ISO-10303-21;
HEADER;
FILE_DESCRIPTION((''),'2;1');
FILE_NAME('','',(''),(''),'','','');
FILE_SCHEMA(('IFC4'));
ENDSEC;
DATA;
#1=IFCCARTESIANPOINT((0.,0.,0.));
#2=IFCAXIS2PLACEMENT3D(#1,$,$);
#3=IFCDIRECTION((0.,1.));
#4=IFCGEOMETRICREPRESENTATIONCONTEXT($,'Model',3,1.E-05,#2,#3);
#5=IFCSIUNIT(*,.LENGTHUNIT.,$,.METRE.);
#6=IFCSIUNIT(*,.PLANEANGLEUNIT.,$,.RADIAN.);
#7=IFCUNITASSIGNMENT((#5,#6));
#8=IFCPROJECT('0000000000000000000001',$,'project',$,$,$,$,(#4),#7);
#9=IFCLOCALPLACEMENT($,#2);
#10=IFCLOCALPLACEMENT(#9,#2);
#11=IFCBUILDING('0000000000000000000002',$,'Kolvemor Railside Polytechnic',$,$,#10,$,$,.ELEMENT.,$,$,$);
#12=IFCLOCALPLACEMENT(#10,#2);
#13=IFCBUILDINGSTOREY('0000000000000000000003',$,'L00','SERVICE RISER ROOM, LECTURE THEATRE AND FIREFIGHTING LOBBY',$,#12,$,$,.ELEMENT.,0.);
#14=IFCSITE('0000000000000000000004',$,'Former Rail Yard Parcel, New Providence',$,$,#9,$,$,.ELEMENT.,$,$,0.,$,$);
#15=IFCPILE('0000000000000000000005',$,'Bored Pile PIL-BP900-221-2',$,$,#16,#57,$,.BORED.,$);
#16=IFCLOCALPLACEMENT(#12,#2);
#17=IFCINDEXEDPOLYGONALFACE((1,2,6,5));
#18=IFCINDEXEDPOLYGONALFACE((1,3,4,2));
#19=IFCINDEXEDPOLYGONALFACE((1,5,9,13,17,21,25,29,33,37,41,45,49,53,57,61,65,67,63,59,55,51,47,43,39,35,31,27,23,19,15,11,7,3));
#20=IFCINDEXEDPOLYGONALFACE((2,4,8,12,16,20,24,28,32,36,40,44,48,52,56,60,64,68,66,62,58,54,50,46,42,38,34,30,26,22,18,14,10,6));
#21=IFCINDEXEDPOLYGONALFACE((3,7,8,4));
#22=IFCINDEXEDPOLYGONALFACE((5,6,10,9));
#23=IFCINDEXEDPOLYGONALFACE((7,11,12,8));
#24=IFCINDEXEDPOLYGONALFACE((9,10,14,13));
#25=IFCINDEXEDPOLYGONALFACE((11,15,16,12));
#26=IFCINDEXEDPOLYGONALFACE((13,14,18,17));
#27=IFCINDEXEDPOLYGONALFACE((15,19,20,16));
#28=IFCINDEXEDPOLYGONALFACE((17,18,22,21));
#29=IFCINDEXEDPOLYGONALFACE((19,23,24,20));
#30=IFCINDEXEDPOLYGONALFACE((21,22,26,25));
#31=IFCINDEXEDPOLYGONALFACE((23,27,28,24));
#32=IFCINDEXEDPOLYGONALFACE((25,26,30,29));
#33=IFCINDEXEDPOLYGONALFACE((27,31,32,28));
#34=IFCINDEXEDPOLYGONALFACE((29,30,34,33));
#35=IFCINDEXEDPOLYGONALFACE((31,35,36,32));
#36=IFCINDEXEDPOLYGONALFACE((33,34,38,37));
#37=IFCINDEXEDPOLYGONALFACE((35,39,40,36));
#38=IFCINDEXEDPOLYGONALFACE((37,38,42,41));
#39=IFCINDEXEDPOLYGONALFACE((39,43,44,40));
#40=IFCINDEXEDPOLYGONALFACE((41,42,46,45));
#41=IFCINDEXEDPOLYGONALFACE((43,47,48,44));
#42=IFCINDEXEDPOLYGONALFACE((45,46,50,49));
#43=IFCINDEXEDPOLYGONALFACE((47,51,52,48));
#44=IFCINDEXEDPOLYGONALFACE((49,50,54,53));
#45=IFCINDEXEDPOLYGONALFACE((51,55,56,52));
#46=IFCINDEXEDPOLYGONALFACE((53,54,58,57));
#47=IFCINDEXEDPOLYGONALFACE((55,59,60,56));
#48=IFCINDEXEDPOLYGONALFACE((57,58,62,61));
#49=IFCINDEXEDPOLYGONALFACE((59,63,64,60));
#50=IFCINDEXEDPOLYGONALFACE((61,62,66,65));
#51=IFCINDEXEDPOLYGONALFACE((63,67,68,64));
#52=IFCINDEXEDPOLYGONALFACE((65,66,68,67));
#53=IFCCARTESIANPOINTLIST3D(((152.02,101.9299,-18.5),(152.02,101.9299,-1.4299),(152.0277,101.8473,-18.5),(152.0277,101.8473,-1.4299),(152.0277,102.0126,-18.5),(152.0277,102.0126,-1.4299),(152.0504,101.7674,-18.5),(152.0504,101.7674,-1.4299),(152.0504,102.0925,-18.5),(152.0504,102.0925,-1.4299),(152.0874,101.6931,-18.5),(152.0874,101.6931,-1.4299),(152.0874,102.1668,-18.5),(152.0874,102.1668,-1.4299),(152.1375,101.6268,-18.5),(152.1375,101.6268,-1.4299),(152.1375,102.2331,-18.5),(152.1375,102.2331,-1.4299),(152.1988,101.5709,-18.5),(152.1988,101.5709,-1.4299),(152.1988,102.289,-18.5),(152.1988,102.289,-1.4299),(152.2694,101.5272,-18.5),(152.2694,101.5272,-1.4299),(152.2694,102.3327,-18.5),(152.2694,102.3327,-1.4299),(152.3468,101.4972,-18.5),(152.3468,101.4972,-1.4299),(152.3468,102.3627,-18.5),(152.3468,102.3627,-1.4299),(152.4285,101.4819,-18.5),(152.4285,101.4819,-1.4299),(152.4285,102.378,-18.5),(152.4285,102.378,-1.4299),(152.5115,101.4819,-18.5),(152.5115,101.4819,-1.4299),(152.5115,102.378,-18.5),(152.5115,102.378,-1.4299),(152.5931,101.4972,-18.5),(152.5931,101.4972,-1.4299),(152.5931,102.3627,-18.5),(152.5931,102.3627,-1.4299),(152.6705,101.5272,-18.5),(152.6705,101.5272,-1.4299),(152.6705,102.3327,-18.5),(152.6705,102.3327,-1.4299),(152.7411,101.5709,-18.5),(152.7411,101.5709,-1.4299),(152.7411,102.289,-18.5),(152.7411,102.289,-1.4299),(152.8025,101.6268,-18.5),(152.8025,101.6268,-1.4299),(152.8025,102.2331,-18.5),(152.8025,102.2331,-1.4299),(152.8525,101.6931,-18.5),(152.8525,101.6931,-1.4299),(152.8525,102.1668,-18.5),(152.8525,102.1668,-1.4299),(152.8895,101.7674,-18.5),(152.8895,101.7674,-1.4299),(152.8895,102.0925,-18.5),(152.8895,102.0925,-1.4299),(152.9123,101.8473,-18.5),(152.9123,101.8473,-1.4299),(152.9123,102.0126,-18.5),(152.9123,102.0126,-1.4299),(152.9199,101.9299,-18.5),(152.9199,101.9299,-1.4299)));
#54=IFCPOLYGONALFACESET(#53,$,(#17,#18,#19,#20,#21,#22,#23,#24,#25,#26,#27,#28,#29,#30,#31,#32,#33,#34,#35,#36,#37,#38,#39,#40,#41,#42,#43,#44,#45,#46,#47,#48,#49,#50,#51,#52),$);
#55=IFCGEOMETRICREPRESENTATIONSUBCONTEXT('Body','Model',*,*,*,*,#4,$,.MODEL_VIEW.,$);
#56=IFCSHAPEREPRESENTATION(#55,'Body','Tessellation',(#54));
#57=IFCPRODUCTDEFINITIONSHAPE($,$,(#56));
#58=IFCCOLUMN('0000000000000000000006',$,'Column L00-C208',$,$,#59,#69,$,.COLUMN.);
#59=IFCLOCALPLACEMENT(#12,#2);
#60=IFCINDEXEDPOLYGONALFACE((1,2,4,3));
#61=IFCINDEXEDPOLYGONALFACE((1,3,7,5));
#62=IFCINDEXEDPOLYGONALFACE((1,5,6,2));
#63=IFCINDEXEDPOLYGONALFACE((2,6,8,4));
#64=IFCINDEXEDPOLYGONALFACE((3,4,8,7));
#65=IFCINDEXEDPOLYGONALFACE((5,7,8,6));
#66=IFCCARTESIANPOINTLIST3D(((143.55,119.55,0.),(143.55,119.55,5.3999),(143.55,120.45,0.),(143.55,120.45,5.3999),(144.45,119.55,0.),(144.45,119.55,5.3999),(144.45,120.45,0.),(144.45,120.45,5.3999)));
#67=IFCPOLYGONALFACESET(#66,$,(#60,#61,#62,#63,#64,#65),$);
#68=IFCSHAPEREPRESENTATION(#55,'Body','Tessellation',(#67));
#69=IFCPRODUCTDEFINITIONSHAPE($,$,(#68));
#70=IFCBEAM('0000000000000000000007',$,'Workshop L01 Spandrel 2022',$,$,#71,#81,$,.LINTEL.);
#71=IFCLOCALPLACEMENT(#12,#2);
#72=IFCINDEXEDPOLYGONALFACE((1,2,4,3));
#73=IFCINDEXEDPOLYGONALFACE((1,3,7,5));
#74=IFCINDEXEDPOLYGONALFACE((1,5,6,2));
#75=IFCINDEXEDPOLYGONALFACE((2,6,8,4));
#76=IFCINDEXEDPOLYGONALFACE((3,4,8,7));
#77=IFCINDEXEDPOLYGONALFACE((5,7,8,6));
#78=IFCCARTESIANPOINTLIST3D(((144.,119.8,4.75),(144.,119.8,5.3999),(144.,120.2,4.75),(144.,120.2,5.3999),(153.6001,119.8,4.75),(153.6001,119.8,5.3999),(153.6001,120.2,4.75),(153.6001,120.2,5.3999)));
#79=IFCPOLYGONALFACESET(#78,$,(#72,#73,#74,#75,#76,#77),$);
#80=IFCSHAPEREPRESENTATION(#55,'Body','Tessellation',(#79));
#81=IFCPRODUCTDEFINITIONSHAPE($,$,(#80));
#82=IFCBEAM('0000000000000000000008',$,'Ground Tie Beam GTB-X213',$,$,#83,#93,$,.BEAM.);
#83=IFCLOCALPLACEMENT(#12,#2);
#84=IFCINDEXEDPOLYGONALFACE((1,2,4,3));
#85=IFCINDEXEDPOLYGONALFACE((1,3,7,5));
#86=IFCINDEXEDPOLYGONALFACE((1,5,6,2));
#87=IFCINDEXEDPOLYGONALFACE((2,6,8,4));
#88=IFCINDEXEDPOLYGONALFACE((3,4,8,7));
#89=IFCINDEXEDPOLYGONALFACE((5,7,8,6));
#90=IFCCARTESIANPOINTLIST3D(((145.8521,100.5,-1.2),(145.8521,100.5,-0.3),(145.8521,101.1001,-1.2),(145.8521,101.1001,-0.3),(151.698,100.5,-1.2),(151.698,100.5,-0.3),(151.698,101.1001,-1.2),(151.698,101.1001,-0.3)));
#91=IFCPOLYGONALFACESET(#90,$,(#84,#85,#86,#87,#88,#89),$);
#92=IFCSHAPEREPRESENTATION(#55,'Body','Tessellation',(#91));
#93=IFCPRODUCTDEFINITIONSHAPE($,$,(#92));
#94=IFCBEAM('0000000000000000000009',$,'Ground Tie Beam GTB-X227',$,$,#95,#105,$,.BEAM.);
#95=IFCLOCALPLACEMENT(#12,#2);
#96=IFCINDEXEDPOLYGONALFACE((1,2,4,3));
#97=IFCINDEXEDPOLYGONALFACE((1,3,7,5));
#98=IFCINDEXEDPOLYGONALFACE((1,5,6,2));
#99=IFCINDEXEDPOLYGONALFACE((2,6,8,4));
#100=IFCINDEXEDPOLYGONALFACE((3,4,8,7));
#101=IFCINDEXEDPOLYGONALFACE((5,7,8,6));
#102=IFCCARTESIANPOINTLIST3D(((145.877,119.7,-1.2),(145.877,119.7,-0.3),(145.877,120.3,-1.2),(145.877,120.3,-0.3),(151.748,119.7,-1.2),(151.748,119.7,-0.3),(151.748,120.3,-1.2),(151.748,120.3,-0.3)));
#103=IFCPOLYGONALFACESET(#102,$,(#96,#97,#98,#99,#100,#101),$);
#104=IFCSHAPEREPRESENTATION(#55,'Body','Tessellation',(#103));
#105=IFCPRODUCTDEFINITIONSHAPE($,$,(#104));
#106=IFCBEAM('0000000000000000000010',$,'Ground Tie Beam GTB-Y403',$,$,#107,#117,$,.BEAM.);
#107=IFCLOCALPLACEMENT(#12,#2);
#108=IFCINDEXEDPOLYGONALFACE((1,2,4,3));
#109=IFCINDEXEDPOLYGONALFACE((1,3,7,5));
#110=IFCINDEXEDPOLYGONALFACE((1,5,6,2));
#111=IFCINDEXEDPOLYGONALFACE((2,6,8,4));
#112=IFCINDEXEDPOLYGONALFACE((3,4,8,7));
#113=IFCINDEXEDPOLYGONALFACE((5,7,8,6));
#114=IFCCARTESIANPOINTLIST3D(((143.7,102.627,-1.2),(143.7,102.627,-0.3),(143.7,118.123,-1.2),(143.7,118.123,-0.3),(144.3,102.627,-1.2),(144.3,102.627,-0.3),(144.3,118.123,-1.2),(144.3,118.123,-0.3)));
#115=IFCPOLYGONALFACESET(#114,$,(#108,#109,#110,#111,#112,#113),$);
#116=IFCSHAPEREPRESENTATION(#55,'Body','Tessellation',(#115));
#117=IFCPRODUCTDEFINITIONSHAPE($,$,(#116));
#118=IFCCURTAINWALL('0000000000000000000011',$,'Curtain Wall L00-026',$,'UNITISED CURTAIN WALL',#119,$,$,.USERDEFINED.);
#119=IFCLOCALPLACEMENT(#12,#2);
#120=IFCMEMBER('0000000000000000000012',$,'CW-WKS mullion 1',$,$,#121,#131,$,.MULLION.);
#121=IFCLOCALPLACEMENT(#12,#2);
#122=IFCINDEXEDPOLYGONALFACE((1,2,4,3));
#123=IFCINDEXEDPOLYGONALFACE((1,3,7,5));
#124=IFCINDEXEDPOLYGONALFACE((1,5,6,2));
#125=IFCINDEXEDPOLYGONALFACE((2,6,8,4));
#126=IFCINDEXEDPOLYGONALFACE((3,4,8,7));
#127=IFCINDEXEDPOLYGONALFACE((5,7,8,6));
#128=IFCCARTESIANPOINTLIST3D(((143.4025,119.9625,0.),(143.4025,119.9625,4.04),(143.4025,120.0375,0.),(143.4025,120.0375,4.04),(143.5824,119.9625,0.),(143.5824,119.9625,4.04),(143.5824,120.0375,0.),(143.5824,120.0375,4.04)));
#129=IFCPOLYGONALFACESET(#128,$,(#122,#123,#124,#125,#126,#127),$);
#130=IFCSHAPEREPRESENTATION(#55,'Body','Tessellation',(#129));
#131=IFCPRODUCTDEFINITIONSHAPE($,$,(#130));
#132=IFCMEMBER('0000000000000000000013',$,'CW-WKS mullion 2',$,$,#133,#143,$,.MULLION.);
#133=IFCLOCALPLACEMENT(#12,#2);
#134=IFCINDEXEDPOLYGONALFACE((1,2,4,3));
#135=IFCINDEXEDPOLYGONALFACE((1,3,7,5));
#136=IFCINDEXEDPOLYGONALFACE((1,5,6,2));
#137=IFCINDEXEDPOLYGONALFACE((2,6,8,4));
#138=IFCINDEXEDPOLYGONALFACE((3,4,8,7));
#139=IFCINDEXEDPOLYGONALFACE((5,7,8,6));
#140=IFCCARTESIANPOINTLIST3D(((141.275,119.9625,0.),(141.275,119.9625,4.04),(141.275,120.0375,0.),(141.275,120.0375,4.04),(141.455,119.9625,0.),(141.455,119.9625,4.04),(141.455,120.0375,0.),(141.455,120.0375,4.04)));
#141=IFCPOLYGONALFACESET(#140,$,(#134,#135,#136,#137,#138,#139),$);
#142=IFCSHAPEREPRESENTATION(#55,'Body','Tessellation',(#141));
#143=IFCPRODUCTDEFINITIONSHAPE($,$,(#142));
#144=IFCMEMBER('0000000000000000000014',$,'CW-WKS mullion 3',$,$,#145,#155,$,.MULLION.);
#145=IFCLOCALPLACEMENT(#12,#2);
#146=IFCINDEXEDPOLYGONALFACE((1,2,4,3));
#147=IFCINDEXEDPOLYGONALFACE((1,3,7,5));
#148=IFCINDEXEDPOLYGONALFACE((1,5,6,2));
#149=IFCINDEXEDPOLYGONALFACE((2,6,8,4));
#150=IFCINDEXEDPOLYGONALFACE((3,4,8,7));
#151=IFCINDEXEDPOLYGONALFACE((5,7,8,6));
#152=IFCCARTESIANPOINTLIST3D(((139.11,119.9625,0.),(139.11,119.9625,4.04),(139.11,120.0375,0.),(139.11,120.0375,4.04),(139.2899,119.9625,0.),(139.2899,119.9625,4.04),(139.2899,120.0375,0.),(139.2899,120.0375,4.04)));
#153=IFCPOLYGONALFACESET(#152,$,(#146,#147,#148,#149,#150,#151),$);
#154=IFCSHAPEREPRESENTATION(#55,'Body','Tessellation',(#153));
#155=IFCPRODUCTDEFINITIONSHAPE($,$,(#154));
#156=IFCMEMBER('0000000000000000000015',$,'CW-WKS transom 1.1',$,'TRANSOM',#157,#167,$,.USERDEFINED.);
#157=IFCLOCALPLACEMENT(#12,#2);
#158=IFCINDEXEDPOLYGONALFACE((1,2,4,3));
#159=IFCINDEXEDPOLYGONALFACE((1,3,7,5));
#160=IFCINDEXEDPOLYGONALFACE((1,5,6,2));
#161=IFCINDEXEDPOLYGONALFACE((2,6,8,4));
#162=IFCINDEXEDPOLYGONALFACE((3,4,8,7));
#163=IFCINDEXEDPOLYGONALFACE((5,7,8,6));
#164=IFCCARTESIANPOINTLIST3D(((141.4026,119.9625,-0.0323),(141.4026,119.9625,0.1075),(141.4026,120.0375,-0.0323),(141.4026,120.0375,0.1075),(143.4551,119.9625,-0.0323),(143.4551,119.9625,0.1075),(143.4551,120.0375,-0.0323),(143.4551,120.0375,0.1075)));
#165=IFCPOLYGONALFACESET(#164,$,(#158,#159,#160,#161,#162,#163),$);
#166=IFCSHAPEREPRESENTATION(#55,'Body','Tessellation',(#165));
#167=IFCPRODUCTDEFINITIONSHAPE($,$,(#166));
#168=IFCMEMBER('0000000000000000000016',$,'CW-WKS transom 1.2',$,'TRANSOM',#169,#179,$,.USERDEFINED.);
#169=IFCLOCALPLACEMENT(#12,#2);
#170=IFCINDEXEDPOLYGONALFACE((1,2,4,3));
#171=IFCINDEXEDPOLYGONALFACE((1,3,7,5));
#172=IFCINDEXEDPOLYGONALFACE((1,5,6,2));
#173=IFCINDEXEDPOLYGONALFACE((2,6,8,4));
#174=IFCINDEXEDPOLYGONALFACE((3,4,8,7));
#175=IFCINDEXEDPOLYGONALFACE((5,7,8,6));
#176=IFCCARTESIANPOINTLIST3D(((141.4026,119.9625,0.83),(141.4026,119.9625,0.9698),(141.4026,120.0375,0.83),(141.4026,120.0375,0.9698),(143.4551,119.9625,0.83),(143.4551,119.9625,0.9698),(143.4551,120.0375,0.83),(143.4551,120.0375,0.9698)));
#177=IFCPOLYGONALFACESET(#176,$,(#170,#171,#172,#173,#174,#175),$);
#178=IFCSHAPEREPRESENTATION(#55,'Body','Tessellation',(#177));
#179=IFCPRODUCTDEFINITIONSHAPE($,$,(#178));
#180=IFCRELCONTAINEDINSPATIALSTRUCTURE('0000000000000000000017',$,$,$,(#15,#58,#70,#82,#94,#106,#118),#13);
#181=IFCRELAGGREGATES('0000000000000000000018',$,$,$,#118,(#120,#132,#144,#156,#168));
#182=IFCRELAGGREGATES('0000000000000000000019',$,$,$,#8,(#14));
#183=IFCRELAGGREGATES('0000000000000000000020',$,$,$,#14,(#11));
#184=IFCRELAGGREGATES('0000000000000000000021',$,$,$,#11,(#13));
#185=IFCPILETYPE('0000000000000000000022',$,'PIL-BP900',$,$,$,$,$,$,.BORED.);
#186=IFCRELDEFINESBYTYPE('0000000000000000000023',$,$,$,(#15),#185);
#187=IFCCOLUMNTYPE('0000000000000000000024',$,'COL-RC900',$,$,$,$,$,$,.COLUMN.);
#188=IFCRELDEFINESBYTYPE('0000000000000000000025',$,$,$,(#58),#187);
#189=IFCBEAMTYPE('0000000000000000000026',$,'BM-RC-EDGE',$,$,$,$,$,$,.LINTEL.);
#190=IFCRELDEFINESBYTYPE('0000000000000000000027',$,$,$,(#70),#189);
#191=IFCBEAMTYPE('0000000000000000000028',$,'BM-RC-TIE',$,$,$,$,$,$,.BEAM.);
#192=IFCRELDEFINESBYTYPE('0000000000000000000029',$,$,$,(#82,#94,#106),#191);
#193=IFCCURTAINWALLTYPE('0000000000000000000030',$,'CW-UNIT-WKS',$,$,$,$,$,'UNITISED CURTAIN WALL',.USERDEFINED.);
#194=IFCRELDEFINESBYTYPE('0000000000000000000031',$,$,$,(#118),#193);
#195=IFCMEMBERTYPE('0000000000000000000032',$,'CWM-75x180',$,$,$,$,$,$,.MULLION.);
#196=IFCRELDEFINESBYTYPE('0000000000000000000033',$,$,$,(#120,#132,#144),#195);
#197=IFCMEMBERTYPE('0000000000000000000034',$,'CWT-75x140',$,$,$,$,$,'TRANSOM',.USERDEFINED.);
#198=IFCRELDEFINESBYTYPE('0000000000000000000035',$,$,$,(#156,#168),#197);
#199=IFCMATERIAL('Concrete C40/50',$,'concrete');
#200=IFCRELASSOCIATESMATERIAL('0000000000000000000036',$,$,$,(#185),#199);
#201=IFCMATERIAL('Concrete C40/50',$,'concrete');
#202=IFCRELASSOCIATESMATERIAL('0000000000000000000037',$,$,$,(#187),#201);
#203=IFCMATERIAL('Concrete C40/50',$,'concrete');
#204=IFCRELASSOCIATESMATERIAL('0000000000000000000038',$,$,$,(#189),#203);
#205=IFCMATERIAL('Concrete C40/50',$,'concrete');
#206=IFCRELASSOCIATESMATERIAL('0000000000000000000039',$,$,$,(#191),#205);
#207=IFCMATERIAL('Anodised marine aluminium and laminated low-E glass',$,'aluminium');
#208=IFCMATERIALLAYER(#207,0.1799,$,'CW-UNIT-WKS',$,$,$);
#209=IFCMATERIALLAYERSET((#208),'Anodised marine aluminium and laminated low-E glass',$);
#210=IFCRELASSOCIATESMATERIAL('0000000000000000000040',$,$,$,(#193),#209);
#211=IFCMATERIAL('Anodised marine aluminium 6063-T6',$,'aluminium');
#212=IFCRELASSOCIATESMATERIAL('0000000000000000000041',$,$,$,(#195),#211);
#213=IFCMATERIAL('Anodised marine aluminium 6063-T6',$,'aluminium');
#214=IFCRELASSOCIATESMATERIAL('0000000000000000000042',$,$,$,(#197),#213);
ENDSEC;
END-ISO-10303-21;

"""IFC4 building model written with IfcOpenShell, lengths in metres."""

from ifc_helpers import new_model, si_unit, direction, frame, origin, origin_2d, place, context, subcontext, project, spatial, rectangle, circle, extrude, material, layer, layer_set, material_profile, profile_set, type_object, element, aggregate, save


model = new_model("IFC4")

# Units and contexts
model_context = context("Model", 3, precision=1e-05, world=origin(), true_north=direction((0.0, 1.0)))
body_context = subcontext(model_context, "Body", "Model", "MODEL_VIEW")
ifc_project = project(units=[si_unit("LENGTHUNIT", "METRE"), si_unit("PLANEANGLEUNIT", "RADIAN")], contexts=[model_context])

# Site, building, storey
site_placement = place(None, origin())
site = spatial("IfcSite", under=ifc_project, at=site_placement, Name="Former Rail Yard Parcel, New Providence", CompositionType="ELEMENT", RefElevation=0.0)
building_placement = place(site_placement, origin())
building = spatial("IfcBuilding", under=site, at=building_placement, Name="Kolvemor Railside Polytechnic", CompositionType="ELEMENT")
storey_placement = place(building_placement, origin())
storey = spatial("IfcBuildingStorey", under=building, at=storey_placement, Name="L00", Description="SERVICE RISER ROOM, LECTURE THEATRE AND FIREFIGHTING LOBBY", CompositionType="ELEMENT", Elevation=0.0)

# Pile
ifc_material_1 = material(Name="Concrete C40/50", Category="concrete")
ifc_material_profile_1 = material_profile(ifc_material_1, circle(Radius=0.45, at=origin_2d()), Name="BP900")
ifc_profile_set_1 = profile_set([ifc_material_profile_1], Name="Concrete C40/50")
pile_type_1 = type_object("IfcPileType", Name="PIL-BP900", PredefinedType="BORED", material=ifc_profile_set_1)
pile_placement = place(storey_placement, frame((152.47, 101.9299, -1.4299), z_axis=(0.0, 0.0, -1.0), x_axis=(1.0, 0.0, 0.0)))
element("IfcPile", 1, at=pile_placement, inside=storey, type_object=pile_type_1, Name="Bored Pile PIL-BP900-221-2", PredefinedType="BORED", context=body_context, shape_type="SweptSolid", body=[
    extrude(circle(Radius=0.45, at=origin_2d()), origin(), (0.0, 0.0, 1.0), 17.0701),
])

# Column
ifc_material_2 = material(Name="Concrete C40/50", Category="concrete")
ifc_material_profile_2 = material_profile(ifc_material_2, rectangle(XDim=0.8999, YDim=0.8999, at=origin_2d()), Name="RC900x900")
ifc_profile_set_2 = profile_set([ifc_material_profile_2], Name="Concrete C40/50")
column_type = type_object("IfcColumnType", Name="COL-RC900", PredefinedType="COLUMN", material=ifc_profile_set_2)
column_placement = place(storey_placement, frame((144.0, 120.0, 0.0), z_axis=(0.0, 0.0, 1.0), x_axis=(1.0, 0.0, 0.0)))
element("IfcColumn", 2, at=column_placement, inside=storey, type_object=column_type, Name="Column L00-C208", PredefinedType="COLUMN", context=body_context, shape_type="SweptSolid", body=[
    extrude(rectangle(XDim=0.8999, YDim=0.8999, at=origin_2d()), origin(), (0.0, 0.0, 1.0), 5.3999),
])

# Beams
ifc_material_3 = material(Name="Concrete C40/50", Category="concrete")
ifc_material_profile_3 = material_profile(ifc_material_3, rectangle(XDim=0.3999, YDim=0.6499, at=origin_2d()), Name="RC400x650")
ifc_profile_set_3 = profile_set([ifc_material_profile_3], Name="Concrete C40/50")
beam_type_1 = type_object("IfcBeamType", Name="BM-RC-EDGE", PredefinedType="LINTEL", material=ifc_profile_set_3)
beam_1_placement = place(storey_placement, frame((144.0, 120.0, 5.075), z_axis=(1.0, 0.0, 0.0), x_axis=(0.0, 1.0, 0.0)))
element("IfcBeam", 3, at=beam_1_placement, inside=storey, type_object=beam_type_1, Name="Workshop L01 Spandrel 2022", PredefinedType="LINTEL", context=body_context, shape_type="SweptSolid", body=[
    extrude(rectangle(XDim=0.3999, YDim=0.6499, at=origin_2d()), origin(), (0.0, 0.0, 1.0), 9.6001),
])
ifc_material_4 = material(Name="Concrete C40/50", Category="concrete")
ifc_material_profile_4 = material_profile(ifc_material_4, rectangle(XDim=0.6001, YDim=0.8999, at=origin_2d()), Name="RC600x900")
ifc_profile_set_4 = profile_set([ifc_material_profile_4], Name="Concrete C40/50")
beam_type_2 = type_object("IfcBeamType", Name="BM-RC-TIE", PredefinedType="BEAM", material=ifc_profile_set_4)
beam_2_placement = place(storey_placement, frame((145.8521, 100.8, -0.75), z_axis=(1.0, 0.0, 0.0), x_axis=(0.0, 1.0, 0.0)))
element("IfcBeam", 4, at=beam_2_placement, inside=storey, type_object=beam_type_2, Name="Ground Tie Beam GTB-X213", PredefinedType="BEAM", context=body_context, shape_type="SweptSolid", body=[
    extrude(rectangle(XDim=0.6001, YDim=0.8999, at=origin_2d()), origin(), (0.0, 0.0, 1.0), 5.8459),
])
beam_3_placement = place(storey_placement, frame((145.877, 120.0, -0.75), z_axis=(1.0, 0.0, 0.0), x_axis=(0.0, 1.0, 0.0)))
element("IfcBeam", 5, at=beam_3_placement, inside=storey, type_object=beam_type_2, Name="Ground Tie Beam GTB-X227", PredefinedType="BEAM", context=body_context, shape_type="SweptSolid", body=[
    extrude(rectangle(XDim=0.6001, YDim=0.8999, at=origin_2d()), origin(), (0.0, 0.0, 1.0), 5.8711),
])
beam_4_placement = place(storey_placement, frame((144.0, 102.627, -0.75), z_axis=(0.0, 1.0, 0.0), x_axis=(-1.0, 0.0, 0.0)))
element("IfcBeam", 6, at=beam_4_placement, inside=storey, type_object=beam_type_2, Name="Ground Tie Beam GTB-Y403", PredefinedType="BEAM", context=body_context, shape_type="SweptSolid", body=[
    extrude(rectangle(XDim=0.6001, YDim=0.8999, at=origin_2d()), origin(), (0.0, 0.0, 1.0), 15.4961),
])

# Curtain wall, members
ifc_material_5 = material(Name="Anodised marine aluminium and laminated low-E glass", Category="aluminium")
ifc_layer_1 = layer(ifc_material_5, 0.1799, Name="CW-UNIT-WKS")
ifc_layer_set_1 = layer_set([ifc_layer_1], Name="Anodised marine aluminium and laminated low-E glass")
curtain_wall_type = type_object("IfcCurtainWallType", Name="CW-UNIT-WKS", ElementType="UNITISED CURTAIN WALL", PredefinedType="USERDEFINED", material=ifc_layer_set_1)
curtain_wall_placement = place(storey_placement, origin())
curtain_wall = element("IfcCurtainWall", 7, at=curtain_wall_placement, inside=storey, type_object=curtain_wall_type, Name="Curtain Wall L00-026", ObjectType="UNITISED CURTAIN WALL", PredefinedType="USERDEFINED")
ifc_material_6 = material(Name="Anodised marine aluminium 6063-T6", Category="aluminium")
ifc_material_profile_5 = material_profile(ifc_material_6, rectangle(XDim=0.075, YDim=0.1799, at=origin_2d()), Name="CW-MUL-75x180")
ifc_profile_set_5 = profile_set([ifc_material_profile_5], Name="Anodised marine aluminium 6063-T6")
member_type_1 = type_object("IfcMemberType", Name="CWM-75x180", PredefinedType="MULLION", material=ifc_profile_set_5)
member_1_placement = place(storey_placement, frame((143.4924, 120.0, 0.0), z_axis=(0.0, 0.0, 1.0), x_axis=(0.0, -1.0, 0.0)))
member_1 = element("IfcMember", 8, at=member_1_placement, type_object=member_type_1, Name="CW-WKS mullion 1", PredefinedType="MULLION", context=body_context, shape_type="SweptSolid", body=[
    extrude(rectangle(XDim=0.075, YDim=0.1799, at=origin_2d()), origin(), (0.0, 0.0, 1.0), 4.04),
])
member_2_placement = place(storey_placement, frame((141.365, 120.0, 0.0), z_axis=(0.0, 0.0, 1.0), x_axis=(0.0, -1.0, 0.0)))
member_2 = element("IfcMember", 9, at=member_2_placement, type_object=member_type_1, Name="CW-WKS mullion 2", PredefinedType="MULLION", context=body_context, shape_type="SweptSolid", body=[
    extrude(rectangle(XDim=0.075, YDim=0.1799, at=origin_2d()), origin(), (0.0, 0.0, 1.0), 4.04),
])
member_3_placement = place(storey_placement, frame((139.2, 120.0, 0.0), z_axis=(0.0, 0.0, 1.0), x_axis=(0.0, -1.0, 0.0)))
member_3 = element("IfcMember", 10, at=member_3_placement, type_object=member_type_1, Name="CW-WKS mullion 3", PredefinedType="MULLION", context=body_context, shape_type="SweptSolid", body=[
    extrude(rectangle(XDim=0.075, YDim=0.1799, at=origin_2d()), origin(), (0.0, 0.0, 1.0), 4.04),
])
ifc_material_7 = material(Name="Anodised marine aluminium 6063-T6", Category="aluminium")
ifc_material_profile_6 = material_profile(ifc_material_7, rectangle(XDim=0.075, YDim=0.1399, at=origin_2d()), Name="CW-TRN-75x140")
ifc_profile_set_6 = profile_set([ifc_material_profile_6], Name="Anodised marine aluminium 6063-T6")
member_type_2 = type_object("IfcMemberType", Name="CWT-75x140", ElementType="TRANSOM", PredefinedType="USERDEFINED", material=ifc_profile_set_6)
member_4_placement = place(storey_placement, frame((143.4551, 120.0, 0.0376), z_axis=(-1.0, 0.0, 0.0), x_axis=(0.0, -1.0, 0.0)))
member_4 = element("IfcMember", 11, at=member_4_placement, type_object=member_type_2, Name="CW-WKS transom 1.1", ObjectType="TRANSOM", PredefinedType="USERDEFINED", context=body_context, shape_type="SweptSolid", body=[
    extrude(rectangle(XDim=0.075, YDim=0.1399, at=origin_2d()), origin(), (0.0, 0.0, 1.0), 2.0525),
])
member_5_placement = place(storey_placement, frame((143.4551, 120.0, 0.8999), z_axis=(-1.0, 0.0, 0.0), x_axis=(0.0, -1.0, 0.0)))
member_5 = element("IfcMember", 12, at=member_5_placement, type_object=member_type_2, Name="CW-WKS transom 1.2", ObjectType="TRANSOM", PredefinedType="USERDEFINED", context=body_context, shape_type="SweptSolid", body=[
    extrude(rectangle(XDim=0.075, YDim=0.1399, at=origin_2d()), origin(), (0.0, 0.0, 1.0), 2.0525),
])

aggregate(curtain_wall, [member_1, member_2, member_3, member_4, member_5])

save(model, "model.ifc")
